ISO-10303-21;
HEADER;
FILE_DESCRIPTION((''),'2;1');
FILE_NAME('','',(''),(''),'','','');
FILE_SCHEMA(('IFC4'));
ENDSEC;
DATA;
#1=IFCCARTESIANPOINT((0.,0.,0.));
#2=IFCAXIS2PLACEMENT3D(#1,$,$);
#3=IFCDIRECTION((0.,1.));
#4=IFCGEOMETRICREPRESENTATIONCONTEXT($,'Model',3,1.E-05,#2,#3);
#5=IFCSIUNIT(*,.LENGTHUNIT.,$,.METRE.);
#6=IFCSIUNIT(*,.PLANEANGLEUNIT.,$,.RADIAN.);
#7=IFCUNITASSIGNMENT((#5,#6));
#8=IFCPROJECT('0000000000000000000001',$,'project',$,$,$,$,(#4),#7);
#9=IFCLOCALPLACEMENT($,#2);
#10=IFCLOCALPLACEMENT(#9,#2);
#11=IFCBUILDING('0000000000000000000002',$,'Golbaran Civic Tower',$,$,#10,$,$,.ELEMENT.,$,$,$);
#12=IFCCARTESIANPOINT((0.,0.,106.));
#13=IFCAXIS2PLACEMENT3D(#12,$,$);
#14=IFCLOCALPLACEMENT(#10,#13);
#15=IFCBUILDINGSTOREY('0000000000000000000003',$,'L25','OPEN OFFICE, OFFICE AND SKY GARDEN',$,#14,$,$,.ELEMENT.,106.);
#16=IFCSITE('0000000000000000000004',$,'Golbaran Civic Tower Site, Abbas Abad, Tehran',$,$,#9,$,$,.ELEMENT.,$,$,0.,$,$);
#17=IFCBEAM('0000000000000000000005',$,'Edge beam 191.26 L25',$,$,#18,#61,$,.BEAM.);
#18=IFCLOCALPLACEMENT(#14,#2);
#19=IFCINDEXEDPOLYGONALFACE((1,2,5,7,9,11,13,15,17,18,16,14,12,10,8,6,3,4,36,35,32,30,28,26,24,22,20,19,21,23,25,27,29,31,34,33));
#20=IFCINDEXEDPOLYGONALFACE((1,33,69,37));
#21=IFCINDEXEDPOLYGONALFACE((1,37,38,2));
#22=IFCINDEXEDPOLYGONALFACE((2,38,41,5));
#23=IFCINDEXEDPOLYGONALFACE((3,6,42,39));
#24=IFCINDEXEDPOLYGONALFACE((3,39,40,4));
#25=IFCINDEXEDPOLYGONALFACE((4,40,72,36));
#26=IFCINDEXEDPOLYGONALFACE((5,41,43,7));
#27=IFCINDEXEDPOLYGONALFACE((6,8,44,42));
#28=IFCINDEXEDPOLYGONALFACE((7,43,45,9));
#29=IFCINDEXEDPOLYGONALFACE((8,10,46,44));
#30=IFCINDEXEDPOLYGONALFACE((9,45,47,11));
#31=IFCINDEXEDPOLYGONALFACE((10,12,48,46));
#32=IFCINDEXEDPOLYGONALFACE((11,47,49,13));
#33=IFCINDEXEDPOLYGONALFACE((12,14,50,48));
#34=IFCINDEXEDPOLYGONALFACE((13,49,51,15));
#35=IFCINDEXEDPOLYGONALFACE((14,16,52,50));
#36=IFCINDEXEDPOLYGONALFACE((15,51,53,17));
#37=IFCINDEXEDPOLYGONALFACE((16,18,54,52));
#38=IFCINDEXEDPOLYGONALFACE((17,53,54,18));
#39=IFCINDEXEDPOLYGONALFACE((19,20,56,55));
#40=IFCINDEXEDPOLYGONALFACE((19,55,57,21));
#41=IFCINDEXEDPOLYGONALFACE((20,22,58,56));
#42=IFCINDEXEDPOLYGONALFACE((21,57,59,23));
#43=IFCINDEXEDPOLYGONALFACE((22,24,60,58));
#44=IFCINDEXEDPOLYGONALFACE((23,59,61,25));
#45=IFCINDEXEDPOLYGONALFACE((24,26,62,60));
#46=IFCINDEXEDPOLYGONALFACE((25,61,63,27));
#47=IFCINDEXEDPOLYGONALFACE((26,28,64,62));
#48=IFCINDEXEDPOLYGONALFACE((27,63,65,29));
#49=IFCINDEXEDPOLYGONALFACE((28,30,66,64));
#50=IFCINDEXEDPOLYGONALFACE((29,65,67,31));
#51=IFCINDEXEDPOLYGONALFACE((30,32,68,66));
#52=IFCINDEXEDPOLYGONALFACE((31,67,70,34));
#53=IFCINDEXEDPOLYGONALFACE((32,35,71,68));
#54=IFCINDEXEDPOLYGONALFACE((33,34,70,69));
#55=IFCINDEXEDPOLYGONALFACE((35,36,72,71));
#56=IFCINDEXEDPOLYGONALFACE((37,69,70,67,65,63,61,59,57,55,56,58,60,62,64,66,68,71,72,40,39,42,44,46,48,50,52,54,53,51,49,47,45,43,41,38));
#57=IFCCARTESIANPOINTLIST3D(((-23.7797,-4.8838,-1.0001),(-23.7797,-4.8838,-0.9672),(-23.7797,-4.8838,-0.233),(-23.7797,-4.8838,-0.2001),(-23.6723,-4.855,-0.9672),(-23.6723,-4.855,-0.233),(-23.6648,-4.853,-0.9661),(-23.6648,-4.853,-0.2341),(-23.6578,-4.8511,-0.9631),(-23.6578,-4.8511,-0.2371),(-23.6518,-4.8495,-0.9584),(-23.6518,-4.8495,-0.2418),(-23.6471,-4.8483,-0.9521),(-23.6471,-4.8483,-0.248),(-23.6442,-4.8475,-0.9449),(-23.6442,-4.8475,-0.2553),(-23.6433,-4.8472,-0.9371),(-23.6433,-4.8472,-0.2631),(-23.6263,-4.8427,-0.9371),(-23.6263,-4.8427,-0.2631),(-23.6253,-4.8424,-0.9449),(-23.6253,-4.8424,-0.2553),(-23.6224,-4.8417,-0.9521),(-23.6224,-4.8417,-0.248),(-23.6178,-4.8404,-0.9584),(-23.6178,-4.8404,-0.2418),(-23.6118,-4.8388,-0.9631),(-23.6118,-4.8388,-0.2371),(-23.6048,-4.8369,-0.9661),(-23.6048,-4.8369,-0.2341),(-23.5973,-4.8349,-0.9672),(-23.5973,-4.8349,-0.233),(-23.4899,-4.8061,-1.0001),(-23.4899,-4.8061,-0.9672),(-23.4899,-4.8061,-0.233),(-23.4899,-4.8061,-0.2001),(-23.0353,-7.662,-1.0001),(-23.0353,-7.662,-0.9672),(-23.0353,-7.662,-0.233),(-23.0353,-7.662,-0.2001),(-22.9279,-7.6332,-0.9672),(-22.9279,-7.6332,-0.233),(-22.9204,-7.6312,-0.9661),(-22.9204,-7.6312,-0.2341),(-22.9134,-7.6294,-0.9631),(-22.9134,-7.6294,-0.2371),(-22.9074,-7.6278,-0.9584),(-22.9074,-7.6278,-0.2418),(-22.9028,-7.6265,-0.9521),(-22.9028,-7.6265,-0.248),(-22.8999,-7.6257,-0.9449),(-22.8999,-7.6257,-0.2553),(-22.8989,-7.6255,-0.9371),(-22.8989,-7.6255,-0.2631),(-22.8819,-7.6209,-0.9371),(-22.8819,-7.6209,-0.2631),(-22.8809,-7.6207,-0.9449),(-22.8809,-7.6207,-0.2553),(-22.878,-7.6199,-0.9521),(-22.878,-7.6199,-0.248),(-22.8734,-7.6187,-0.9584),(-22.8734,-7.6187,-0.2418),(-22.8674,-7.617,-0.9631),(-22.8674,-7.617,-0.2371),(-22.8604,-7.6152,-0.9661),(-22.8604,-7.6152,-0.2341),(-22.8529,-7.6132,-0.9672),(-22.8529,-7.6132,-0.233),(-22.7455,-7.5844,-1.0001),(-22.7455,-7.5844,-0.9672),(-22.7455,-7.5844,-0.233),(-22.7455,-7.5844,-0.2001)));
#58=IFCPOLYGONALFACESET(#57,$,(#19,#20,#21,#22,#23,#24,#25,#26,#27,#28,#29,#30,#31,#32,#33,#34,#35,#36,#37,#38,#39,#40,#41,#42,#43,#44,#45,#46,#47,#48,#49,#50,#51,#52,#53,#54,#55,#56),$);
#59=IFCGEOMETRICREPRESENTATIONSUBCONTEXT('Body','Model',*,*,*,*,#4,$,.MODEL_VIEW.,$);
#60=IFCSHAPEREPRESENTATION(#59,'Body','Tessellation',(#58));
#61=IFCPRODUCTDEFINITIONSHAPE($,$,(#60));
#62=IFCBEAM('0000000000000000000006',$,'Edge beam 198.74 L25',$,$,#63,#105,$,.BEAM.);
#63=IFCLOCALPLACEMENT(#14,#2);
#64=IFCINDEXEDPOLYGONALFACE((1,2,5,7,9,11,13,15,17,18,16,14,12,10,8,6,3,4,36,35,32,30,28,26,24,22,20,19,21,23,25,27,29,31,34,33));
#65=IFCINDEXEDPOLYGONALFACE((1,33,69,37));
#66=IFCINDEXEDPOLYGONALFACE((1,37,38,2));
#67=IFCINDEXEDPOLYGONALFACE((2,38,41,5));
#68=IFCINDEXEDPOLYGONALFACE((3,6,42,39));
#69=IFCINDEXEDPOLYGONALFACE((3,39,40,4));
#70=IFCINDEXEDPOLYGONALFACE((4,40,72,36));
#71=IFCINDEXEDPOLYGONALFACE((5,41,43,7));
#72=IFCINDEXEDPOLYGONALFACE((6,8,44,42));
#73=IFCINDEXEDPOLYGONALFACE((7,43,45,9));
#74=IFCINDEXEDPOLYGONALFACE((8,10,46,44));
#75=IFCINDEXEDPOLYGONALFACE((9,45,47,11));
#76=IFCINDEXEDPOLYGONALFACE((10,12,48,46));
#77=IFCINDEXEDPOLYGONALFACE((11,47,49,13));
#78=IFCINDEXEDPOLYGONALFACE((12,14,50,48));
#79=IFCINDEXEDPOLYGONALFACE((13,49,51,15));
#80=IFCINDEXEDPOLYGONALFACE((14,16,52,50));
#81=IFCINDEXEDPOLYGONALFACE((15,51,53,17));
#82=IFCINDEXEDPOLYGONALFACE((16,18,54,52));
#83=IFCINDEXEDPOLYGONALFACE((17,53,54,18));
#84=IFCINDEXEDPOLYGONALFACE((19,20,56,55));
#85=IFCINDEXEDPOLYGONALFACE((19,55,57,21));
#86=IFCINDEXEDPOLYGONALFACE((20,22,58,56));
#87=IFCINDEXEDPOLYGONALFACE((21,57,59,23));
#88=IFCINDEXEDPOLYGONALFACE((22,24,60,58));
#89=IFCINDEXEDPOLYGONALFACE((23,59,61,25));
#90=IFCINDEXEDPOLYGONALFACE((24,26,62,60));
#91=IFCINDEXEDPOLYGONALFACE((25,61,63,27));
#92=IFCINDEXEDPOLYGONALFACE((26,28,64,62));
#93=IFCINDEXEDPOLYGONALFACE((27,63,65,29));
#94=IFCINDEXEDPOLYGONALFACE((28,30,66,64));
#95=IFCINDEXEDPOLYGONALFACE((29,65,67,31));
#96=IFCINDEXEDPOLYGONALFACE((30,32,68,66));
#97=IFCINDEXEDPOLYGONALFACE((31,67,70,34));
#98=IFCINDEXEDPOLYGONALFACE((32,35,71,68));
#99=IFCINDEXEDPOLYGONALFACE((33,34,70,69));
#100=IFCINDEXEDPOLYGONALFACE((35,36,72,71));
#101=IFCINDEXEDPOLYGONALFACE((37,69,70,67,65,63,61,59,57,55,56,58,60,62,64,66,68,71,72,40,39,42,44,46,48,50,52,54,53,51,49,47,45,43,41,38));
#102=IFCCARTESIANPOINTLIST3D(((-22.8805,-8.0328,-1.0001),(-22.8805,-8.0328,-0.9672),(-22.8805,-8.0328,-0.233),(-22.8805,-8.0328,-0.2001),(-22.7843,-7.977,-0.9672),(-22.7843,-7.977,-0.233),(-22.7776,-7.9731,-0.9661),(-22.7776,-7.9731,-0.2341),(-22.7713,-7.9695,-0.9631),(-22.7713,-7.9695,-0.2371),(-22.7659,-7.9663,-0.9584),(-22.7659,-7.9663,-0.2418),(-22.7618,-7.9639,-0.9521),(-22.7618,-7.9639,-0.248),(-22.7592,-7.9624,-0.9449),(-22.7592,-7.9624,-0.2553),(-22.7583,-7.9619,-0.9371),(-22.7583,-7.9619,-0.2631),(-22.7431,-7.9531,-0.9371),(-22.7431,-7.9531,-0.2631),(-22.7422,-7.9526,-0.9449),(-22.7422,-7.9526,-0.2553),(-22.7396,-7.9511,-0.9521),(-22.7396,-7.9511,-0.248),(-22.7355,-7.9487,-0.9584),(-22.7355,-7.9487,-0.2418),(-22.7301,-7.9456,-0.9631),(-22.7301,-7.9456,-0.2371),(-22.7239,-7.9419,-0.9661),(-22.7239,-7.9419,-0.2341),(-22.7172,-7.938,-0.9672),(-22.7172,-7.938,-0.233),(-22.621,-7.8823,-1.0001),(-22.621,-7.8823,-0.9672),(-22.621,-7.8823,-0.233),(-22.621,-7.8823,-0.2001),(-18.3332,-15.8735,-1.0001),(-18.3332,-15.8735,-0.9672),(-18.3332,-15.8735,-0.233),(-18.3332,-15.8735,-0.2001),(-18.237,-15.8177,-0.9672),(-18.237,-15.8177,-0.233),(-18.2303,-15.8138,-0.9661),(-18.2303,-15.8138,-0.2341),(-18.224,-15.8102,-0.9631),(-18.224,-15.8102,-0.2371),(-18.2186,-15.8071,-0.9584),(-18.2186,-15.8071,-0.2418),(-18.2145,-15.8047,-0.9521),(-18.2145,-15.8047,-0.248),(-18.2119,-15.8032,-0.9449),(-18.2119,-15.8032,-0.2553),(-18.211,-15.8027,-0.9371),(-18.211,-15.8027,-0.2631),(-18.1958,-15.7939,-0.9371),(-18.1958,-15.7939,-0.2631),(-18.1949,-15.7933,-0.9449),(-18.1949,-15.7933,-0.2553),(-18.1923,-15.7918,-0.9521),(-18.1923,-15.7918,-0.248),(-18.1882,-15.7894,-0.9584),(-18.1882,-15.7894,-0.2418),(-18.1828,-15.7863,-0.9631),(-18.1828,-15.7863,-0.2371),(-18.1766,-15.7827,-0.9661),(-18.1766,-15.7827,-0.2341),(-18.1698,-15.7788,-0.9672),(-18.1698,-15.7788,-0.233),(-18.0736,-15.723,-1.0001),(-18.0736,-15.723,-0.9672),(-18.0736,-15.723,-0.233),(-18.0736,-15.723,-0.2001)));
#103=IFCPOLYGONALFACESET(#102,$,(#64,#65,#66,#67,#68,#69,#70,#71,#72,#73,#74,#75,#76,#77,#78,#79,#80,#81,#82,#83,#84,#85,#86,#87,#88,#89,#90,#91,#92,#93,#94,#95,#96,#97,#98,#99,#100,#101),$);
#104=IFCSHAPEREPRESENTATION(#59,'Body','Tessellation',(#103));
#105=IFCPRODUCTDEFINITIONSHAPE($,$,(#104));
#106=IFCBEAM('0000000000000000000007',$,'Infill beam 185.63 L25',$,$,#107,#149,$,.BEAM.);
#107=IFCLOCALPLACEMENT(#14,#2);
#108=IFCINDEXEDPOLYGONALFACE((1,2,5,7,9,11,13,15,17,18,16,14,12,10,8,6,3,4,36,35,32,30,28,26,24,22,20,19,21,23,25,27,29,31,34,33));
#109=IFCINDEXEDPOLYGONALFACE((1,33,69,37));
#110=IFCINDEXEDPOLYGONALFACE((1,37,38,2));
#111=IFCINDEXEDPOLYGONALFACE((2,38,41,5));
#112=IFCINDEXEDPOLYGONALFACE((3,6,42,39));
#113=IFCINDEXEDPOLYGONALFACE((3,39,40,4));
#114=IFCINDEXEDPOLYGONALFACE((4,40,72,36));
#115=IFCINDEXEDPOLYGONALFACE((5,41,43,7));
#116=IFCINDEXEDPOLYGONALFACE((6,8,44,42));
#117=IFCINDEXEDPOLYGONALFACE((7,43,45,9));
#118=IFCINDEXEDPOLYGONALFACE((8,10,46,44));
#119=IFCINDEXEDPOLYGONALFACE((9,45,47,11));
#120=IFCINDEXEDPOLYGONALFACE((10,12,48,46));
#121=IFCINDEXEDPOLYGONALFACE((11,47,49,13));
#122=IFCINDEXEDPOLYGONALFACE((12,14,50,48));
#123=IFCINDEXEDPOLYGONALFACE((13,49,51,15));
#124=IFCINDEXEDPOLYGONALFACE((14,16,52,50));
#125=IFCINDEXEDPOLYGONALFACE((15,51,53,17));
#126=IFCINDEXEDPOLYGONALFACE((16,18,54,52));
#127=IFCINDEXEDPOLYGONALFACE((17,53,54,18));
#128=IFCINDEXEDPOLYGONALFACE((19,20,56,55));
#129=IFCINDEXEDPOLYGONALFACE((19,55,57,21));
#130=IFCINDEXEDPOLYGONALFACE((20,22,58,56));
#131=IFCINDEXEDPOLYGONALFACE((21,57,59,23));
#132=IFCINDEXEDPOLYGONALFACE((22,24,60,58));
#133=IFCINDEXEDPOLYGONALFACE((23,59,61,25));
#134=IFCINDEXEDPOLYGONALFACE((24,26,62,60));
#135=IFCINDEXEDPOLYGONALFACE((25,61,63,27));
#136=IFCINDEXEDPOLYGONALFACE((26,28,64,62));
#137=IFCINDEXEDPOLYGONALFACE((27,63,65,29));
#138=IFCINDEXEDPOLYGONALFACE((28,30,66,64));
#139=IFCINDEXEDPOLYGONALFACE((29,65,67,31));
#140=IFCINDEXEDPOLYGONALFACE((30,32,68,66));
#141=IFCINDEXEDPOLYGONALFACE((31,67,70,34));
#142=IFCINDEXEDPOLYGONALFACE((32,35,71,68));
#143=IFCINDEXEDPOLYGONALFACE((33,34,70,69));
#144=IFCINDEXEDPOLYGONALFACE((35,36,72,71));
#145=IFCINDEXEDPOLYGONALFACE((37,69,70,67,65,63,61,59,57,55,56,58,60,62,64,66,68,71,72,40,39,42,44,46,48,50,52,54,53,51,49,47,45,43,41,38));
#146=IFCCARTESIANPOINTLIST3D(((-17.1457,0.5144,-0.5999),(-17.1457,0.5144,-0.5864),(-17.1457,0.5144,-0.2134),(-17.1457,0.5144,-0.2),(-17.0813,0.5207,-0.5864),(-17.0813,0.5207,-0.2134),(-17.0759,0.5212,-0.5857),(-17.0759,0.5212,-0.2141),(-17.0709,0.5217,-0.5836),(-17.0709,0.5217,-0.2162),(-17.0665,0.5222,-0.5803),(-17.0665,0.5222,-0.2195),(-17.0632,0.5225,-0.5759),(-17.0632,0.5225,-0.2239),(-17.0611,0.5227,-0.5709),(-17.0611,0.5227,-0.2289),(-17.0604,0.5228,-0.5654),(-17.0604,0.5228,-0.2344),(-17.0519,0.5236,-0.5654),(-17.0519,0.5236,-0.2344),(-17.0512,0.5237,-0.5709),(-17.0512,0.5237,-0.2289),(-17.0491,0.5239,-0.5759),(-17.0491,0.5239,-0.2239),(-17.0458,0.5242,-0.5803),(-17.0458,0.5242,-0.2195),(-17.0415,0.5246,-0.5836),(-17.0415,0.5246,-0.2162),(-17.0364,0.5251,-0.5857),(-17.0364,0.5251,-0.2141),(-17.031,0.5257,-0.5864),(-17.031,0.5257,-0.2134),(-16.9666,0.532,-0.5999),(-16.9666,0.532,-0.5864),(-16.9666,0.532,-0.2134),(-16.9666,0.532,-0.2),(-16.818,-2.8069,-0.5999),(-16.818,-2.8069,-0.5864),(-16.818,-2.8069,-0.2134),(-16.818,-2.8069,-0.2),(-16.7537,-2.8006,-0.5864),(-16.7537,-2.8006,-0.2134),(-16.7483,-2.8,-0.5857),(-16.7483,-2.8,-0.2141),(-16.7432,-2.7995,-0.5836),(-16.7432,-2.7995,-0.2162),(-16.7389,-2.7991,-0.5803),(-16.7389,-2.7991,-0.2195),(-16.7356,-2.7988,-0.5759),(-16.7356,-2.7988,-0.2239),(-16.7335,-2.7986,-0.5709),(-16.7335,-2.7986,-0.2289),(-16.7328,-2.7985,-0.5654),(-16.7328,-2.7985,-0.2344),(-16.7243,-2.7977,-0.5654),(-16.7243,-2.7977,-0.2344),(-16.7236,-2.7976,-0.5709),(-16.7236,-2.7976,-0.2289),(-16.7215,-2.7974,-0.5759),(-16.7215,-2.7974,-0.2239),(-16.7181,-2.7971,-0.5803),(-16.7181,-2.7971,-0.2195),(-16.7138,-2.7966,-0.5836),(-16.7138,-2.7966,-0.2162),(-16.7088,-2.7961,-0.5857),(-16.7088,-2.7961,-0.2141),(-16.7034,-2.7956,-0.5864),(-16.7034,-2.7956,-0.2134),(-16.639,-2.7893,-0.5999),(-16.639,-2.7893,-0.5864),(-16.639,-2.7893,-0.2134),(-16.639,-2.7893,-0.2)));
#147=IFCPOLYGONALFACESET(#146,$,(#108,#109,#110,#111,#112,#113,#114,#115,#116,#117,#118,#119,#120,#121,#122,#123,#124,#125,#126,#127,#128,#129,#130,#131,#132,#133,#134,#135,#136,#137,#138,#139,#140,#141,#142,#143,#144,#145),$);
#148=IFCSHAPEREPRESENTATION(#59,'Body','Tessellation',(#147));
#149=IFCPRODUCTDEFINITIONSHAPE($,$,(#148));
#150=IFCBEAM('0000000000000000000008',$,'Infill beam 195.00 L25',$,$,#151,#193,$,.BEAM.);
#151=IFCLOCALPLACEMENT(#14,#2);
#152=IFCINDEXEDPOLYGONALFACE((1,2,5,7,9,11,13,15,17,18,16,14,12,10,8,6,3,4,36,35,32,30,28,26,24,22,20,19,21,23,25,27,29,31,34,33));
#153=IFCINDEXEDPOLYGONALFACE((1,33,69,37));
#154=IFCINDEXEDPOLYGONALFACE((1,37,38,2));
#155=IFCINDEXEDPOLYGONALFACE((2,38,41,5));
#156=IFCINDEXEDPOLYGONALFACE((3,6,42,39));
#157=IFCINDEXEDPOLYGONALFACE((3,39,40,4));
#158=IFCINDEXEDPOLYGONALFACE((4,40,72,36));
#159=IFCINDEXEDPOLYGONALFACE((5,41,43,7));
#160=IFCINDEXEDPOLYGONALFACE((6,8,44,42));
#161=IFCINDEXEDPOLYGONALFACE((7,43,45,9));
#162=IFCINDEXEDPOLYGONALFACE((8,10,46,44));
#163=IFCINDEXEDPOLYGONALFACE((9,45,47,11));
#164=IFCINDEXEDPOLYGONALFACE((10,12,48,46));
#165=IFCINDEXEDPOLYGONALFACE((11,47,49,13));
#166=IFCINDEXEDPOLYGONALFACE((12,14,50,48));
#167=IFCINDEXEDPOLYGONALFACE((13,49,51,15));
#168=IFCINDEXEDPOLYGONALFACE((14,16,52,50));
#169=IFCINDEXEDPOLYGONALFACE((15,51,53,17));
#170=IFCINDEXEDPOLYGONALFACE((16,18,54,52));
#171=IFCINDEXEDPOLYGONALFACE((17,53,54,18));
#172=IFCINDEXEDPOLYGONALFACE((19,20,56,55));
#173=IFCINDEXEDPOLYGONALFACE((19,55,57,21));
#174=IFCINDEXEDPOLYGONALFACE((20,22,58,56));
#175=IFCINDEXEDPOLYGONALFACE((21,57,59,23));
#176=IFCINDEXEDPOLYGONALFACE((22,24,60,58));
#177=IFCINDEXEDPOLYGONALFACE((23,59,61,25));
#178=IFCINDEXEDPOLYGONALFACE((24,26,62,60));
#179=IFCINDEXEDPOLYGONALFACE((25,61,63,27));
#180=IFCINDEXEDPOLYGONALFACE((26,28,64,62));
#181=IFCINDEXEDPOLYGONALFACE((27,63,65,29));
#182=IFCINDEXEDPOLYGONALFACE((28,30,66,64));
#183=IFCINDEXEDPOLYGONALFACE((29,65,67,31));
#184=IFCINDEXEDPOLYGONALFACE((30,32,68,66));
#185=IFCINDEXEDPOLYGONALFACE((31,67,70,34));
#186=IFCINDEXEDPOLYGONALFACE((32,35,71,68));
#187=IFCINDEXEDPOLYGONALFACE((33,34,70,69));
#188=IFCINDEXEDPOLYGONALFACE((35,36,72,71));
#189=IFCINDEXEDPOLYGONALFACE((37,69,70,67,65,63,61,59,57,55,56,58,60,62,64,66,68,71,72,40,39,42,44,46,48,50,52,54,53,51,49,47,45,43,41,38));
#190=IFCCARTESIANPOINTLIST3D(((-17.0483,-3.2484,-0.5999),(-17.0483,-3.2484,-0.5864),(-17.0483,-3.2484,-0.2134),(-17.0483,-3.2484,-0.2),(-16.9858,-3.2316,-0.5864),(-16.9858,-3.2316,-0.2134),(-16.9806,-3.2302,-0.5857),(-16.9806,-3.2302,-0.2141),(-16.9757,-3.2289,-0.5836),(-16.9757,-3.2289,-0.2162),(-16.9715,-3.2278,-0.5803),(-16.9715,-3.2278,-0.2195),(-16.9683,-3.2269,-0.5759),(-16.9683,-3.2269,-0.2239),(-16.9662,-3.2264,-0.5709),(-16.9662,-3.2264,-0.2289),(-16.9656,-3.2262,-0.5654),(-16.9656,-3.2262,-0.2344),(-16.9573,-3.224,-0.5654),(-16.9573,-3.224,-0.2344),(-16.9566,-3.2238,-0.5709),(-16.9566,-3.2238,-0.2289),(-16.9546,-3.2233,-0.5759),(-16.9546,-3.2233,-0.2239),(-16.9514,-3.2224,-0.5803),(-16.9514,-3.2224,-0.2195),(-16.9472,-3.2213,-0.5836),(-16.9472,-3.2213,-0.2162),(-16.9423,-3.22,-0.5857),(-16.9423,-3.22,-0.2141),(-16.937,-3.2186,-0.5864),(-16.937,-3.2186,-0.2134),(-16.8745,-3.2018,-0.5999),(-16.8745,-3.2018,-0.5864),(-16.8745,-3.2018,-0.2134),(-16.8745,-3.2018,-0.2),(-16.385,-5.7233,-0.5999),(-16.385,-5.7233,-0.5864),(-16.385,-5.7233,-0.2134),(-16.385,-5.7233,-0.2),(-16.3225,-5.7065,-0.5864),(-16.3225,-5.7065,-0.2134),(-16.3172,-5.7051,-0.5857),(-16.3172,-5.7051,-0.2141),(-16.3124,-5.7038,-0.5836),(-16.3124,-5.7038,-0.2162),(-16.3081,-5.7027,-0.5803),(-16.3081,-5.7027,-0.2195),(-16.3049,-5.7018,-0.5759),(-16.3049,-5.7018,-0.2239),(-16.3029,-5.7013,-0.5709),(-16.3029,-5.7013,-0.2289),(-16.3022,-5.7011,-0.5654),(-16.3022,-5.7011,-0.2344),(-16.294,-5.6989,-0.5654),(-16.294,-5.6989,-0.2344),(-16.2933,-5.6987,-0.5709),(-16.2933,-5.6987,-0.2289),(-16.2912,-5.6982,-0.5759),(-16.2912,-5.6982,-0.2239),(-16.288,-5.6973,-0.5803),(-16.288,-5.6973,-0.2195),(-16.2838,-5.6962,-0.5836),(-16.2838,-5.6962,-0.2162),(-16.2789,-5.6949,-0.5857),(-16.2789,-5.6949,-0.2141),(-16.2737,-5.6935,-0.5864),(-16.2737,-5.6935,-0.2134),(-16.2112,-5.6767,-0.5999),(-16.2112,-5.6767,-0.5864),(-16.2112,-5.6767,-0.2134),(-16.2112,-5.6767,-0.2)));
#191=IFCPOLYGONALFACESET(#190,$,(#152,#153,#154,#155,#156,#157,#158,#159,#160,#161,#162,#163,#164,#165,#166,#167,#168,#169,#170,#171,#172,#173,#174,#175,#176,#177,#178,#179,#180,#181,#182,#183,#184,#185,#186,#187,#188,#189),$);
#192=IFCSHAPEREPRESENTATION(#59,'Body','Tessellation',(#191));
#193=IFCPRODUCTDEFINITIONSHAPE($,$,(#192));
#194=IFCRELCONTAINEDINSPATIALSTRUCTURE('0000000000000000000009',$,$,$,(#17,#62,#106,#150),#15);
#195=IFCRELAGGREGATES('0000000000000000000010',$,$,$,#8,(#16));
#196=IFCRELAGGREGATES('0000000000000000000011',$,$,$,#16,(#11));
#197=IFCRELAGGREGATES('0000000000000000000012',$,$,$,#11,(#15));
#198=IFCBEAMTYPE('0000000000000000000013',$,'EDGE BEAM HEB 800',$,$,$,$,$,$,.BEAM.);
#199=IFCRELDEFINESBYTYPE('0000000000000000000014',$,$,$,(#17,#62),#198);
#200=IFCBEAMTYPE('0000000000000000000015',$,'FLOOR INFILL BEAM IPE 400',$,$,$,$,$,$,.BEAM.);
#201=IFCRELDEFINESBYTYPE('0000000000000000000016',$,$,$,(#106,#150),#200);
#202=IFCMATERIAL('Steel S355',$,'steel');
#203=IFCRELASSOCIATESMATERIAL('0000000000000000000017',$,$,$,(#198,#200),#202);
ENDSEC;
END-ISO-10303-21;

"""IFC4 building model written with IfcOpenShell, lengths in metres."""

from ifc_helpers import new_model, si_unit, direction, frame, origin, origin_2d, place, context, subcontext, project, spatial, i_section, extrude, material, material_profile, profile_set, type_object, element, save


model = new_model("IFC4")

# Units and contexts
model_context = context("Model", 3, precision=1e-05, world=origin(), true_north=direction((0.0, 1.0)))
body_context = subcontext(model_context, "Body", "Model", "MODEL_VIEW")
ifc_project = project(units=[si_unit("LENGTHUNIT", "METRE"), si_unit("PLANEANGLEUNIT", "RADIAN")], contexts=[model_context])

# Site, building, storey
site_placement = place(None, origin())
site = spatial("IfcSite", under=ifc_project, at=site_placement, Name="Golbaran Civic Tower Site, Abbas Abad, Tehran", CompositionType="ELEMENT", RefElevation=0.0)
building_placement = place(site_placement, origin())
building = spatial("IfcBuilding", under=site, at=building_placement, Name="Golbaran Civic Tower", CompositionType="ELEMENT")
storey_placement = place(building_placement, frame((0.0, 0.0, 106.0)))
storey = spatial("IfcBuildingStorey", under=building, at=storey_placement, Name="L25", Description="OPEN OFFICE, OFFICE AND SKY GARDEN", CompositionType="ELEMENT", Elevation=106.0)

# Beams
ifc_material_1 = material(Name="Steel S355", Category="steel")
ifc_material_profile_1 = material_profile(ifc_material_1, i_section(OverallWidth=0.3, OverallDepth=0.8, WebThickness=0.0176, FlangeThickness=0.033, FilletRadius=0.03, at=origin_2d()), Name="HEB 800")
ifc_profile_set_1 = profile_set([ifc_material_profile_1], Name="Steel S355")
beam_type_1 = type_object("IfcBeamType", Name="EDGE BEAM HEB 800", PredefinedType="BEAM", material=ifc_profile_set_1)
beam_1_placement = place(storey_placement, frame((-23.6348, -4.845, -0.6001), z_axis=(0.258798, -0.965931, 0.0), x_axis=(0.965931, 0.258798, 0.0)))
element("IfcBeam", 1, at=beam_1_placement, inside=storey, type_object=beam_type_1, Name="Edge beam 191.26 L25", PredefinedType="BEAM", context=body_context, shape_type="SweptSolid", body=[
    extrude(i_section(OverallWidth=0.3, OverallDepth=0.8, WebThickness=0.0176, FlangeThickness=0.033, FilletRadius=0.03, at=origin_2d()), origin(), (0.0, 0.0, 1.0), 2.8762),
])
beam_2_placement = place(storey_placement, frame((-22.7507, -7.9575, -0.6001), z_axis=(0.501692, -0.865046, 0.0), x_axis=(0.865046, 0.501692, 0.0)))
element("IfcBeam", 2, at=beam_2_placement, inside=storey, type_object=beam_type_1, Name="Edge beam 198.74 L25", PredefinedType="BEAM", context=body_context, shape_type="SweptSolid", body=[
    extrude(i_section(OverallWidth=0.3, OverallDepth=0.8, WebThickness=0.0176, FlangeThickness=0.033, FilletRadius=0.03, at=origin_2d()), origin(), (0.0, 0.0, 1.0), 9.064),
])
ifc_material_profile_2 = material_profile(ifc_material_1, i_section(OverallWidth=0.1799, OverallDepth=0.3999, WebThickness=0.0085, FlangeThickness=0.0134, FilletRadius=0.021, at=origin_2d()), Name="IPE 400")
ifc_profile_set_2 = profile_set([ifc_material_profile_2], Name="Steel S355")
beam_type_2 = type_object("IfcBeamType", Name="FLOOR INFILL BEAM IPE 400", PredefinedType="BEAM", material=ifc_profile_set_2)
beam_3_placement = place(storey_placement, frame((-17.0562, 0.5232, -0.3999), z_axis=(0.098171, -0.99517, 0.0), x_axis=(0.99517, 0.098171, 0.0)))
element("IfcBeam", 3, at=beam_3_placement, inside=storey, type_object=beam_type_2, Name="Infill beam 185.63 L25", PredefinedType="BEAM", context=body_context, shape_type="SweptSolid", body=[
    extrude(i_section(OverallWidth=0.1799, OverallDepth=0.3999, WebThickness=0.0085, FlangeThickness=0.0134, FilletRadius=0.021, at=origin_2d()), origin(), (0.0, 0.0, 1.0), 3.3374),
])
beam_4_placement = place(storey_placement, frame((-16.9614, -3.2251, -0.3999), z_axis=(0.25889, -0.965907, 0.0), x_axis=(0.965907, 0.25889, 0.0)))
element("IfcBeam", 4, at=beam_4_placement, inside=storey, type_object=beam_type_2, Name="Infill beam 195.00 L25", PredefinedType="BEAM", context=body_context, shape_type="SweptSolid", body=[
    extrude(i_section(OverallWidth=0.1799, OverallDepth=0.3999, WebThickness=0.0085, FlangeThickness=0.0134, FilletRadius=0.021, at=origin_2d()), origin(), (0.0, 0.0, 1.0), 2.5623),
])

save(model, "model.ifc")
